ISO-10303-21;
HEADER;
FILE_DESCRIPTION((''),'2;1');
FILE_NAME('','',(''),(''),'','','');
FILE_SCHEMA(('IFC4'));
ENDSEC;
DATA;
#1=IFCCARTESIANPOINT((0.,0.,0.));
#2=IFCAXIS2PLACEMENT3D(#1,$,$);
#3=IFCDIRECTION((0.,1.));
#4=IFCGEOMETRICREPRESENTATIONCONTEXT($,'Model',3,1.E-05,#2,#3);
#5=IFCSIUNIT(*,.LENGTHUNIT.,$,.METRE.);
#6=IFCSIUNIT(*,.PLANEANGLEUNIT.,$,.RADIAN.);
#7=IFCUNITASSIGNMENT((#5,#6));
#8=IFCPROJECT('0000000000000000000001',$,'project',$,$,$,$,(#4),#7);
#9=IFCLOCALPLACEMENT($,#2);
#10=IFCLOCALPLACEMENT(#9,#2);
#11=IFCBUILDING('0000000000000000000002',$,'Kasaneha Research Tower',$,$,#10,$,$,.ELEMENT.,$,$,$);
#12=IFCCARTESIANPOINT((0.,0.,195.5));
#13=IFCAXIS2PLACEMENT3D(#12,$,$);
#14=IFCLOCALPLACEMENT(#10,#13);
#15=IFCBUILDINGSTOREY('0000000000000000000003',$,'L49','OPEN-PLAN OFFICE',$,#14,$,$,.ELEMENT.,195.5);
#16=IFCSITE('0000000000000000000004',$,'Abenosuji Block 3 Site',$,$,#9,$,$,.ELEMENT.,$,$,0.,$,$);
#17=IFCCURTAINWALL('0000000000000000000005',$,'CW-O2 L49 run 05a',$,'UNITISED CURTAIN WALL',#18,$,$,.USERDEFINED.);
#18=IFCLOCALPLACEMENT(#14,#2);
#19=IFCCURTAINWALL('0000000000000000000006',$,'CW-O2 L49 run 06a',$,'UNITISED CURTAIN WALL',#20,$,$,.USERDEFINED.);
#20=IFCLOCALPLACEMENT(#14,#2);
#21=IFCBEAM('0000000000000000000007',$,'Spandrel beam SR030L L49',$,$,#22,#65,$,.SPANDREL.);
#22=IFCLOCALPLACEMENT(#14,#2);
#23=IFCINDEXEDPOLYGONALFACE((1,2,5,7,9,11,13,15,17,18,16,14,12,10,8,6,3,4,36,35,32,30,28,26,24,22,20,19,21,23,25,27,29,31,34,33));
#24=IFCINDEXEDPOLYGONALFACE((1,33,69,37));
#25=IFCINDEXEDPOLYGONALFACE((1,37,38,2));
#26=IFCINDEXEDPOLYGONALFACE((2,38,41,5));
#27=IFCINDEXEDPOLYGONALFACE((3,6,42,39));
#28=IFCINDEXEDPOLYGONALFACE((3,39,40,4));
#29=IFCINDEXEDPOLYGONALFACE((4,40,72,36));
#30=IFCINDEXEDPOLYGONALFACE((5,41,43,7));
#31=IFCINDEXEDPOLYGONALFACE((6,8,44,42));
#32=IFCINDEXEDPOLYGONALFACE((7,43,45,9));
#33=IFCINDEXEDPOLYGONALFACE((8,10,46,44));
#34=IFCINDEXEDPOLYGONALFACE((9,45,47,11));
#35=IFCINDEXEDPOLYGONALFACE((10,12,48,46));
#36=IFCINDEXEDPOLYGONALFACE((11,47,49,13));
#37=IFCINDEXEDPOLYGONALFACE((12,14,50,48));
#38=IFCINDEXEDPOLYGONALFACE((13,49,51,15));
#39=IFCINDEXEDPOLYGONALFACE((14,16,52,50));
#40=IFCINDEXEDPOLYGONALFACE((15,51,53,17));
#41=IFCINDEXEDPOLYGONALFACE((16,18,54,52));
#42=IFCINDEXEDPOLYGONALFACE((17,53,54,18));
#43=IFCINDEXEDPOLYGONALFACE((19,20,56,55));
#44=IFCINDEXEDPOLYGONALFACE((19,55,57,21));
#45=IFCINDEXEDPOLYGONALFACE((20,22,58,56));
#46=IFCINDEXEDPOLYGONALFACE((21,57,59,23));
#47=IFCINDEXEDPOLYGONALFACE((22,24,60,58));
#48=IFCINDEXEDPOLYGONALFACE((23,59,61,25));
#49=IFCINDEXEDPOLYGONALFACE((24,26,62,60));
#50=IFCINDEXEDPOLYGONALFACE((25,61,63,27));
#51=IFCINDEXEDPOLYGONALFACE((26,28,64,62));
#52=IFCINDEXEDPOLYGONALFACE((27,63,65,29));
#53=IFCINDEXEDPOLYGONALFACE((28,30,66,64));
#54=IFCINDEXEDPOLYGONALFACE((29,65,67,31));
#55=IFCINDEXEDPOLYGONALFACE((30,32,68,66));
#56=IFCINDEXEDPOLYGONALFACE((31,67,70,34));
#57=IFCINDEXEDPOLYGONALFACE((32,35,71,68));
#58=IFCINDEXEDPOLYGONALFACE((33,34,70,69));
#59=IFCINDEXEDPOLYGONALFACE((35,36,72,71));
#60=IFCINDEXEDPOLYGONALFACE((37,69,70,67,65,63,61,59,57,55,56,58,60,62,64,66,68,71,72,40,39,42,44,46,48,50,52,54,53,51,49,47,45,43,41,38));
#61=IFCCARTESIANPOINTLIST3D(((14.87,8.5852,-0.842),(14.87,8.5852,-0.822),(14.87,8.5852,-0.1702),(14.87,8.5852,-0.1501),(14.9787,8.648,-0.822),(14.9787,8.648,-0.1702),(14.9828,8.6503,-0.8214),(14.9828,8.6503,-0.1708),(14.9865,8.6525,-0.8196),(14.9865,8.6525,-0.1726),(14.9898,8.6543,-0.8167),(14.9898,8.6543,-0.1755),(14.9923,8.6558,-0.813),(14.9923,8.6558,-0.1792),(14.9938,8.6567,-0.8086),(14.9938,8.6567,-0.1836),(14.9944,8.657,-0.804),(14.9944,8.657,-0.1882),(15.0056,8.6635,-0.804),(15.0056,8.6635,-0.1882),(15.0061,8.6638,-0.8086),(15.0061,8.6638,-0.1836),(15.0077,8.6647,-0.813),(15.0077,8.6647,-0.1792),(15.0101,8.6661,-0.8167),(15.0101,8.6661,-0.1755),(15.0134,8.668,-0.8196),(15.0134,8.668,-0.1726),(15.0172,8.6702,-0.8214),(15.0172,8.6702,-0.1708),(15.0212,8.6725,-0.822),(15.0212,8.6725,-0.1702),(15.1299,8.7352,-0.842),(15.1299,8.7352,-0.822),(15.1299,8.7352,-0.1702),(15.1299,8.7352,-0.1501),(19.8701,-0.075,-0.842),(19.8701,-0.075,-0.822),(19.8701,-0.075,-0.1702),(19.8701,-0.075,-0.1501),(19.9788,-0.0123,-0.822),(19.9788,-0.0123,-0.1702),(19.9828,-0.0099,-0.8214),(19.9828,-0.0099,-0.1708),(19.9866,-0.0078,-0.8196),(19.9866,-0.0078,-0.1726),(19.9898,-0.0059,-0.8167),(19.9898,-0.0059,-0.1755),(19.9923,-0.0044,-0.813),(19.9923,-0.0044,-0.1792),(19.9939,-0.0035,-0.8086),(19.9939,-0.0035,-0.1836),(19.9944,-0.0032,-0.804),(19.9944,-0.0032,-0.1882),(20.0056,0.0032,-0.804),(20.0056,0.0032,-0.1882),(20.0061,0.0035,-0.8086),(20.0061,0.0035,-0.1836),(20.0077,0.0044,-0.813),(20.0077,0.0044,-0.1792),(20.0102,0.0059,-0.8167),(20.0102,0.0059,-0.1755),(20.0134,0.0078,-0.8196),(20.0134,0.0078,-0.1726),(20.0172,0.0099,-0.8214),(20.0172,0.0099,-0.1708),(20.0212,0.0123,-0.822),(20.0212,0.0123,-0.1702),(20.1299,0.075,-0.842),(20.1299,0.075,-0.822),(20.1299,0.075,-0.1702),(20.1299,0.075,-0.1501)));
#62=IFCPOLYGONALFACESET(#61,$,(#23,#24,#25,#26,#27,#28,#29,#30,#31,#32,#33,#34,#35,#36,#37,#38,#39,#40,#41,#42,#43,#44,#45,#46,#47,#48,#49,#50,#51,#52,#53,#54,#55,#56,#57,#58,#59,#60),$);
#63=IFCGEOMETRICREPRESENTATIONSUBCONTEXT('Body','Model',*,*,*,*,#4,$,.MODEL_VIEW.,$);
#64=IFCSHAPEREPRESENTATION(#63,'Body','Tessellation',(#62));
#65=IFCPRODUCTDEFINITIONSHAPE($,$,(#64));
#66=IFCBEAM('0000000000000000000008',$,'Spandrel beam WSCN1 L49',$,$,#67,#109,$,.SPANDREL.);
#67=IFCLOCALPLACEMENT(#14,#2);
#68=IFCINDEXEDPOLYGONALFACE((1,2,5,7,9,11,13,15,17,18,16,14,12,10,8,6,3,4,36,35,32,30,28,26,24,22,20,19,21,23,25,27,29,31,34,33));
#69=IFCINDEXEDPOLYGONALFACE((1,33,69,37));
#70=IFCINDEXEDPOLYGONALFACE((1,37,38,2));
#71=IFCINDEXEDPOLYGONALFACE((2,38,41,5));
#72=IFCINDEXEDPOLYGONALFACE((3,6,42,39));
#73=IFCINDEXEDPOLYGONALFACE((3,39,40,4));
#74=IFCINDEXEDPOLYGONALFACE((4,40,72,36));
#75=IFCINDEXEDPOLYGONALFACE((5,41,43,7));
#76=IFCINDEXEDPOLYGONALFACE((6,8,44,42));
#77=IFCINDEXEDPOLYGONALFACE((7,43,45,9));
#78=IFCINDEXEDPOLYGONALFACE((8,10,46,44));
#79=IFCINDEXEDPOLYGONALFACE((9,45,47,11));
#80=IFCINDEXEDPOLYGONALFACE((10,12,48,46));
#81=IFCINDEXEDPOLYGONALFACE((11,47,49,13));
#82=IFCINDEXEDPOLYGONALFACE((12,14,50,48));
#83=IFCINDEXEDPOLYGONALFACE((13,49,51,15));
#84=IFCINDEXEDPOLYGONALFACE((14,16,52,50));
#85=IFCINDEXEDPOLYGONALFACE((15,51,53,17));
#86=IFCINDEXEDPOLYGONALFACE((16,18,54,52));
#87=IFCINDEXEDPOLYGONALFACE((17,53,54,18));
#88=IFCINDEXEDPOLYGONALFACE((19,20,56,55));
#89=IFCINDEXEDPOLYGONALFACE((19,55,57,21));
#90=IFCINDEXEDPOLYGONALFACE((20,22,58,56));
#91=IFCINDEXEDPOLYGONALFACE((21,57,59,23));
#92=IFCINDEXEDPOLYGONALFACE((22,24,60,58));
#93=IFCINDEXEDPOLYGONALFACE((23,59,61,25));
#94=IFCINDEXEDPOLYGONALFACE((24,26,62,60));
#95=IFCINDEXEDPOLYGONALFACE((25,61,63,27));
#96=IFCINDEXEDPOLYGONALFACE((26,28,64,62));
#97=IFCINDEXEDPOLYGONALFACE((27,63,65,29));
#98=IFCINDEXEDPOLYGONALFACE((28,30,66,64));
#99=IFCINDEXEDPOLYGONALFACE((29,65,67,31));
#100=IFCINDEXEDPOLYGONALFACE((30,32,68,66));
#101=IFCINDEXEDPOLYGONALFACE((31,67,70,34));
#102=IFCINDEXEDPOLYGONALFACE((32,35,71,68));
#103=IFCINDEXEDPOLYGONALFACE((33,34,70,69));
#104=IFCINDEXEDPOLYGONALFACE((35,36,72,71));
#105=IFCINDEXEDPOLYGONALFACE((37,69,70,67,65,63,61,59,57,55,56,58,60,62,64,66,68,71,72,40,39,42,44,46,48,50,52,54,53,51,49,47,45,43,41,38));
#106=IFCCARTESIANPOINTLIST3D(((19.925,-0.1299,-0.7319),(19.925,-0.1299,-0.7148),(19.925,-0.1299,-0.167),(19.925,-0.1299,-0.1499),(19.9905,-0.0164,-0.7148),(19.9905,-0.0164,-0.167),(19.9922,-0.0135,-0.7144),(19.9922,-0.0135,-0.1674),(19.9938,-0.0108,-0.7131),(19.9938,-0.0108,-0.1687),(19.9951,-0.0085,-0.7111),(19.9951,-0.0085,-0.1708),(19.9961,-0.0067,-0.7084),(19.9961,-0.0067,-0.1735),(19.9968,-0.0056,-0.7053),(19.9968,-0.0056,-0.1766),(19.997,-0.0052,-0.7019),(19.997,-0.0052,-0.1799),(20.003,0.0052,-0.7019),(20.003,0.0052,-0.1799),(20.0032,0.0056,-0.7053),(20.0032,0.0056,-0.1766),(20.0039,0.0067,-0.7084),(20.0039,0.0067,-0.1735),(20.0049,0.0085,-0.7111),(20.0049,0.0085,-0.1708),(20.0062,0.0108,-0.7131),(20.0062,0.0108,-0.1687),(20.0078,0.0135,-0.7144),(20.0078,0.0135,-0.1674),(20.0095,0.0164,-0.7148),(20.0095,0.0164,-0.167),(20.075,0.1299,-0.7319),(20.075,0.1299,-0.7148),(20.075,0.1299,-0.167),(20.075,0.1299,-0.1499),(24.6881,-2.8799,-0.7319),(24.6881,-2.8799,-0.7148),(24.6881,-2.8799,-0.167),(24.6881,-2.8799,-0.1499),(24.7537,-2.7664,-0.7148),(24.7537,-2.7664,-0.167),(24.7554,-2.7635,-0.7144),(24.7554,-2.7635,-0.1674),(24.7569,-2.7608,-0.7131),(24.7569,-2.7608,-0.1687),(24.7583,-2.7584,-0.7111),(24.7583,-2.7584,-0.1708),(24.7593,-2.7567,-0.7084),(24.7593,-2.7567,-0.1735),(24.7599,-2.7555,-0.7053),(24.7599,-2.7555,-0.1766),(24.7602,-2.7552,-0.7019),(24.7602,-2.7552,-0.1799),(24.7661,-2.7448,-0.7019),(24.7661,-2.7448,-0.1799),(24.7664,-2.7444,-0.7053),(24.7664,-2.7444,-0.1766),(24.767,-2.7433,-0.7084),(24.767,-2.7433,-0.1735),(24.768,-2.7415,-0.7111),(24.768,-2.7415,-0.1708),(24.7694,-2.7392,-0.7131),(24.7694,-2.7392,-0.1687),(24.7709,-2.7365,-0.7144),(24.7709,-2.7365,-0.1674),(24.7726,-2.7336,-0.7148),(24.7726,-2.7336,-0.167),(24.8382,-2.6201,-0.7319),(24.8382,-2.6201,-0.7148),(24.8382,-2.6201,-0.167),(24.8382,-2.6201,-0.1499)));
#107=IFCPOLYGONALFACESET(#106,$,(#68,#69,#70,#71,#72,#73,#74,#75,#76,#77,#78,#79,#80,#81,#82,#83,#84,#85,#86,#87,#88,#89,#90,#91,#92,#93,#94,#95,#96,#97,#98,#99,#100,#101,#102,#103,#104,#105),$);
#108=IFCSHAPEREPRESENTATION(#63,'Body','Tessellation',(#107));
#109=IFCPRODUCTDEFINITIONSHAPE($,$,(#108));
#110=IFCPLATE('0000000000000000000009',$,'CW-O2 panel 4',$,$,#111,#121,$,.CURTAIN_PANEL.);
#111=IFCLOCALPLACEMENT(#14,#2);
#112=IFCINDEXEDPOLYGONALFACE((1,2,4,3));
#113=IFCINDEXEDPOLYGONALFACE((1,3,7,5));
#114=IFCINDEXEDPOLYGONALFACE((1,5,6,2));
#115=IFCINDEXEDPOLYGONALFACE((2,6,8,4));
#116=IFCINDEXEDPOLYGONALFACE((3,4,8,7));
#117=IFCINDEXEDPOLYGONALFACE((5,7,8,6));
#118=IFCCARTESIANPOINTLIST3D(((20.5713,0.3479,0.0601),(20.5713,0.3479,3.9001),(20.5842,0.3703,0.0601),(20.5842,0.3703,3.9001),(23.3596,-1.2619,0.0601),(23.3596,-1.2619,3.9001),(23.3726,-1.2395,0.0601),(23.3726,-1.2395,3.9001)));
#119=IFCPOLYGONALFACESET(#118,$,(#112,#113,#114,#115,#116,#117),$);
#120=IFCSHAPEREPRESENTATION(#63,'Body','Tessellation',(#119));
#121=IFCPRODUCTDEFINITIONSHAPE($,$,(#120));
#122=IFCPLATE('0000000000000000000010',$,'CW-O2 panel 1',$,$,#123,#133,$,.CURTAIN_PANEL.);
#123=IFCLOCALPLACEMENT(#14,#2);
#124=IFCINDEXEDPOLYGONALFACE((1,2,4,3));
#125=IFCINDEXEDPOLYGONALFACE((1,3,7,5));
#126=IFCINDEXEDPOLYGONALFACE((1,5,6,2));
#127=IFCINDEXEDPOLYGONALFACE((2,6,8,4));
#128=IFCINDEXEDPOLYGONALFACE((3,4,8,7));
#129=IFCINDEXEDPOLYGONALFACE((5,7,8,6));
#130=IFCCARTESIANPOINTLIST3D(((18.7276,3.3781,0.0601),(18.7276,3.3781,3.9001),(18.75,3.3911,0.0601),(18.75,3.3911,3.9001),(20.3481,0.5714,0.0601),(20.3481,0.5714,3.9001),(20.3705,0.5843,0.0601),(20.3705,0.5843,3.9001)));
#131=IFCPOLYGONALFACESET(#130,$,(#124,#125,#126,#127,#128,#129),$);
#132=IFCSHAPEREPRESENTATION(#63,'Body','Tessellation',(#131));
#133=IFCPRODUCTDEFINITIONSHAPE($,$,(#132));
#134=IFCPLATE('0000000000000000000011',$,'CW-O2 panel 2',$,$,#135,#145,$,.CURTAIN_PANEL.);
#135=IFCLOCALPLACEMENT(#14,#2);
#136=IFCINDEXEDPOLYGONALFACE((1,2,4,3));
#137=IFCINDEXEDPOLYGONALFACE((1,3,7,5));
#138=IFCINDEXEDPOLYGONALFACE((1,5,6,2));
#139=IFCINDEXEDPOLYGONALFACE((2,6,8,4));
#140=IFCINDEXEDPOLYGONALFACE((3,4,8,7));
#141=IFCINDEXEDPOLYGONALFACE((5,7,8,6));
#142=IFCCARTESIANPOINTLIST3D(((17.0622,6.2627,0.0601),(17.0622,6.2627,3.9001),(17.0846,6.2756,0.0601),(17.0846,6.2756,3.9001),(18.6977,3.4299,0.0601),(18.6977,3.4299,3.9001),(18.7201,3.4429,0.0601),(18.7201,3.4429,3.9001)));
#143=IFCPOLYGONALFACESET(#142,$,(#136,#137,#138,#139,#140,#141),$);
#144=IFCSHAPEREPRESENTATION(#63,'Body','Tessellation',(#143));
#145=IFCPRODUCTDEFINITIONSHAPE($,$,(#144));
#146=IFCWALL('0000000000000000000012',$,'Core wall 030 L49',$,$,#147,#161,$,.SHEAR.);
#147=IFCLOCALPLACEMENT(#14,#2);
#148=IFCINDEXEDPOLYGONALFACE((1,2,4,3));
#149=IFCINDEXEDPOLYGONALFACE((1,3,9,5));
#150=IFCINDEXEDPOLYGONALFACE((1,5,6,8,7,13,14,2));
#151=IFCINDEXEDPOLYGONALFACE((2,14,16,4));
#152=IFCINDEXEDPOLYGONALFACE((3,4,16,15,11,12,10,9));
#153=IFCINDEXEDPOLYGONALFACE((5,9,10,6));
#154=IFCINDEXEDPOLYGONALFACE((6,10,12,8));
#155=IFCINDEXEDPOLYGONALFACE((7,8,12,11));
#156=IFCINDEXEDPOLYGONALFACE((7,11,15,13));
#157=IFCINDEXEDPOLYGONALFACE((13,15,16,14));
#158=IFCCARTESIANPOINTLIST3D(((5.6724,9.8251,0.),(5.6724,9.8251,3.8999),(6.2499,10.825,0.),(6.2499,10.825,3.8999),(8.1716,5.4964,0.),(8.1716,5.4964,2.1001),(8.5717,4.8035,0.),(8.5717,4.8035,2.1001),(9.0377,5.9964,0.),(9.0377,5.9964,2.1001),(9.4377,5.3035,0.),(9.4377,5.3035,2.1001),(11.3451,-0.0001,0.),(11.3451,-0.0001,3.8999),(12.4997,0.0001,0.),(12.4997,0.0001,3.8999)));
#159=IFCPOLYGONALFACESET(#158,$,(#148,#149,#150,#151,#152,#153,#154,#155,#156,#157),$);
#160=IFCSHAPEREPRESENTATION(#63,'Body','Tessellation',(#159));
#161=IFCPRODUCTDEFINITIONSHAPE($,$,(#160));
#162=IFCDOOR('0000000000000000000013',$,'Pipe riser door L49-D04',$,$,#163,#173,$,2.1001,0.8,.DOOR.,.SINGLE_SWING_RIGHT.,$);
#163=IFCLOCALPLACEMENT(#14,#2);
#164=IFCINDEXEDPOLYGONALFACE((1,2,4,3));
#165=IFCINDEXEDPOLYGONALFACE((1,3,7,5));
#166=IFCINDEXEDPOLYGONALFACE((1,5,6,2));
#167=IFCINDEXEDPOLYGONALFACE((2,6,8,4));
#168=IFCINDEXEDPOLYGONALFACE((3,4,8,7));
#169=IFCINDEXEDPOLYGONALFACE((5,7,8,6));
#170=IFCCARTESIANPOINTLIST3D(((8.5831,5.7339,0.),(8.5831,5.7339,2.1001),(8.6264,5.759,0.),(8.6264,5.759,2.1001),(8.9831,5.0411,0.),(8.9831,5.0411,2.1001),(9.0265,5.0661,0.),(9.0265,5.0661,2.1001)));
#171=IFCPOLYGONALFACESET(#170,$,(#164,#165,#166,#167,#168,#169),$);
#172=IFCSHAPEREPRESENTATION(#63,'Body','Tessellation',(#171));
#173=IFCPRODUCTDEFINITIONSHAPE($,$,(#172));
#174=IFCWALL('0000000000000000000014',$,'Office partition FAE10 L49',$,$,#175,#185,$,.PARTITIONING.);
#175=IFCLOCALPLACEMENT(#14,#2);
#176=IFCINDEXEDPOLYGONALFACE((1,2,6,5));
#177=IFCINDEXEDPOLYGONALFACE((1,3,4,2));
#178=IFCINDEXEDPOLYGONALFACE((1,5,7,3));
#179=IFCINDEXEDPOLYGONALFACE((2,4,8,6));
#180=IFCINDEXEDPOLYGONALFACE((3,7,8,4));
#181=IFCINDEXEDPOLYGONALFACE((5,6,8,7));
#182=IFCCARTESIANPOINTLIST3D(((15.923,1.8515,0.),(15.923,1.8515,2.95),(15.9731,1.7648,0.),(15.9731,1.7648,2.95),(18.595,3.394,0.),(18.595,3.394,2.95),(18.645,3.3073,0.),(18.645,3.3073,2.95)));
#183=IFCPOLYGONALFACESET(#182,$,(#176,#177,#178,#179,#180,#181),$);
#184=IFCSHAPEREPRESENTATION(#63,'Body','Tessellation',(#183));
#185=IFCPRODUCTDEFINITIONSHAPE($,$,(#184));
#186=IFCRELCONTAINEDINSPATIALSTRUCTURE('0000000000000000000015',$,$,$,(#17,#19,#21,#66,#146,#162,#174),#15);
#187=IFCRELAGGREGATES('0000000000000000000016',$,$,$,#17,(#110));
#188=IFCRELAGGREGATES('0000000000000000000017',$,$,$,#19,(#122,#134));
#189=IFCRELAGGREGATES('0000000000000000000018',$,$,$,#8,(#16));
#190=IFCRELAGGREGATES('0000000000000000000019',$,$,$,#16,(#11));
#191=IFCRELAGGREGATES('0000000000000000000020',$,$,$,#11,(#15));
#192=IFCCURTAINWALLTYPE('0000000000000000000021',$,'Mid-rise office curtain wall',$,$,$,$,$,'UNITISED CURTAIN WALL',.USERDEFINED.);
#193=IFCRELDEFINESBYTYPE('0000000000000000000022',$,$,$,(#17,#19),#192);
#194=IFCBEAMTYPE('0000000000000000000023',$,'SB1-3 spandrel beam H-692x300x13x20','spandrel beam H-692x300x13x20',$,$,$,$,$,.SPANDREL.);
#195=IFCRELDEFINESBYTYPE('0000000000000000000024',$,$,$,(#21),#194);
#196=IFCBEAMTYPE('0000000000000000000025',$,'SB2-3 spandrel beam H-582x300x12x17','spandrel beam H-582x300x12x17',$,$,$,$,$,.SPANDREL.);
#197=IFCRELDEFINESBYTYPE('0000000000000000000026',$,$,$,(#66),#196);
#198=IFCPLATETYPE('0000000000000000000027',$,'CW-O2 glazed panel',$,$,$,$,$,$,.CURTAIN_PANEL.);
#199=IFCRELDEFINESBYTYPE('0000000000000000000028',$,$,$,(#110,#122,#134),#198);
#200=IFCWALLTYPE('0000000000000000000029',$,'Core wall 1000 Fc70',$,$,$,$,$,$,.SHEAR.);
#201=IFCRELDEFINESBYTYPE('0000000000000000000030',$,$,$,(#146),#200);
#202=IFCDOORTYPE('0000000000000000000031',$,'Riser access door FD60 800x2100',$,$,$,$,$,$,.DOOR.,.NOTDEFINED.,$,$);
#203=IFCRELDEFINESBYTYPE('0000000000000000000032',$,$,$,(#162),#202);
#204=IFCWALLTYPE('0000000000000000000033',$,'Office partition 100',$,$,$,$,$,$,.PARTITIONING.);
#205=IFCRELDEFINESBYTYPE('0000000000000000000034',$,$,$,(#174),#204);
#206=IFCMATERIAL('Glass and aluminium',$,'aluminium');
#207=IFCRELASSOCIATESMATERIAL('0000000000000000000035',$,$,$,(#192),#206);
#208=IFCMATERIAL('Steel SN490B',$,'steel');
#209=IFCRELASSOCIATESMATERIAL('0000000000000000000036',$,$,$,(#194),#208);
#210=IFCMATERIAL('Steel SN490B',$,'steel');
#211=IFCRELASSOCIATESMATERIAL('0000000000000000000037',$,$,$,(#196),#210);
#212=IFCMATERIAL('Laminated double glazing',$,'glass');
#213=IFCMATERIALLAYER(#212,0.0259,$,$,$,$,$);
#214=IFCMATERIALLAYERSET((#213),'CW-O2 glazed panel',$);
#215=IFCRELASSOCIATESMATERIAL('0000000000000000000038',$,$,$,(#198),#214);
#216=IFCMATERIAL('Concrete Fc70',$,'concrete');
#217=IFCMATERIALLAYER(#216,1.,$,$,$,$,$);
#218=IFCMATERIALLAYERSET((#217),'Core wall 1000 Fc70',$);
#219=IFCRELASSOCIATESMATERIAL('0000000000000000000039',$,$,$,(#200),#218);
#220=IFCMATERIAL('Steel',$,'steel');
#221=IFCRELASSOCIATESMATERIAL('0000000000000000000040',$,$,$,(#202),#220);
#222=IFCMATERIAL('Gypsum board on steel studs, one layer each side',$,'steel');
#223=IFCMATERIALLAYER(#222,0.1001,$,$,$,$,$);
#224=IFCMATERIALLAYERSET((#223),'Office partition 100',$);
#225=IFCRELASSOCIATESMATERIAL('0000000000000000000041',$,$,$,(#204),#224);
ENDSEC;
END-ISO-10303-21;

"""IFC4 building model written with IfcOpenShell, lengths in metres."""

from ifc_helpers import new_model, si_unit, direction, frame, frame_2d, origin, origin_2d, place, context, subcontext, project, spatial, polyline, rectangle, i_section, outline, extrude, material, layer, layer_set, material_profile, profile_set, type_object, element, fill, aggregate, save


model = new_model("IFC4")

# Units and contexts
model_context = context("Model", 3, precision=1e-05, world=origin(), true_north=direction((0.0, 1.0)))
body_context = subcontext(model_context, "Body", "Model", "MODEL_VIEW")
ifc_project = project(units=[si_unit("LENGTHUNIT", "METRE"), si_unit("PLANEANGLEUNIT", "RADIAN")], contexts=[model_context])

# Site, building, storey
site_placement = place(None, origin())
site = spatial("IfcSite", under=ifc_project, at=site_placement, Name="Abenosuji Block 3 Site", CompositionType="ELEMENT", RefElevation=0.0)
building_placement = place(site_placement, origin())
building = spatial("IfcBuilding", under=site, at=building_placement, Name="Kasaneha Research Tower", CompositionType="ELEMENT")
storey_placement = place(building_placement, frame((0.0, 0.0, 195.5)))
storey = spatial("IfcBuildingStorey", under=building, at=storey_placement, Name="L49", Description="OPEN-PLAN OFFICE", CompositionType="ELEMENT", Elevation=195.5)

# Curtain walls
ifc_material_1 = material(Name="Glass and aluminium", Category="aluminium")
curtain_wall_type = type_object("IfcCurtainWallType", Name="Mid-rise office curtain wall", ElementType="UNITISED CURTAIN WALL", PredefinedType="USERDEFINED", material=ifc_material_1)
curtain_wall_1_placement = place(storey_placement, origin())
curtain_wall_1 = element("IfcCurtainWall", 1, at=curtain_wall_1_placement, inside=storey, type_object=curtain_wall_type, Name="CW-O2 L49 run 05a", ObjectType="UNITISED CURTAIN WALL", PredefinedType="USERDEFINED")
curtain_wall_2_placement = place(storey_placement, origin())
curtain_wall_2 = element("IfcCurtainWall", 2, at=curtain_wall_2_placement, inside=storey, type_object=curtain_wall_type, Name="CW-O2 L49 run 06a", ObjectType="UNITISED CURTAIN WALL", PredefinedType="USERDEFINED")

# Beams
ifc_material_2 = material(Name="Steel SN490B", Category="steel")
ifc_material_profile_1 = material_profile(ifc_material_2, i_section(OverallWidth=0.3, OverallDepth=0.6919, WebThickness=0.0129, FlangeThickness=0.02, FilletRadius=0.0181, at=origin_2d()), Name="H-692x300x13x20")
ifc_profile_set_1 = profile_set([ifc_material_profile_1], Name="Steel SN490B")
beam_type_1 = type_object("IfcBeamType", Name="SB1-3 spandrel beam H-692x300x13x20", Description="spandrel beam H-692x300x13x20", PredefinedType="SPANDREL", material=ifc_profile_set_1)
beam_1_placement = place(storey_placement, frame((20.0, 0.0, -0.4961), z_axis=(-0.500004, 0.866023, 0.0), x_axis=(-0.866023, -0.500004, 0.0)))
element("IfcBeam", 3, at=beam_1_placement, inside=storey, type_object=beam_type_1, Name="Spandrel beam SR030L L49", PredefinedType="SPANDREL", context=body_context, shape_type="SweptSolid", body=[
    extrude(i_section(OverallWidth=0.3, OverallDepth=0.6919, WebThickness=0.0129, FlangeThickness=0.02, FilletRadius=0.0181, at=origin_2d()), origin(), (0.0, 0.0, 1.0), 10.0),
])
ifc_material_3 = material(Name="Steel SN490B", Category="steel")
ifc_material_profile_2 = material_profile(ifc_material_3, i_section(OverallWidth=0.3, OverallDepth=0.582, WebThickness=0.012, FlangeThickness=0.0171, FilletRadius=0.0129, at=origin_2d()), Name="H-582x300x12x17")
ifc_profile_set_2 = profile_set([ifc_material_profile_2], Name="Steel SN490B")
beam_type_2 = type_object("IfcBeamType", Name="SB2-3 spandrel beam H-582x300x12x17", Description="spandrel beam H-582x300x12x17", PredefinedType="SPANDREL", material=ifc_profile_set_2)
beam_2_placement = place(storey_placement, frame((20.0, 0.0, -0.4409), z_axis=(0.866027, -0.499997, 0.0), x_axis=(0.499997, 0.866027, 0.0)))
element("IfcBeam", 4, at=beam_2_placement, inside=storey, type_object=beam_type_2, Name="Spandrel beam WSCN1 L49", PredefinedType="SPANDREL", context=body_context, shape_type="SweptSolid", body=[
    extrude(i_section(OverallWidth=0.3, OverallDepth=0.582, WebThickness=0.012, FlangeThickness=0.0171, FilletRadius=0.0129, at=origin_2d()), origin(), (0.0, 0.0, 1.0), 5.5),
])

# Plates
ifc_material_4 = material(Name="Laminated double glazing", Category="glass")
ifc_layer_1 = layer(ifc_material_4, 0.0259)
ifc_layer_set_1 = layer_set([ifc_layer_1], Name="CW-O2 glazed panel")
plate_type = type_object("IfcPlateType", Name="CW-O2 glazed panel", PredefinedType="CURTAIN_PANEL", material=ifc_layer_set_1)
plate_1_placement = place(storey_placement, frame((21.9719, -0.4458, 0.0601), z_axis=(0.0, 0.0, 1.0), x_axis=(-0.866025, 0.5, 0.0)))
plate_1 = element("IfcPlate", 5, at=plate_1_placement, type_object=plate_type, Name="CW-O2 panel 4", PredefinedType="CURTAIN_PANEL", context=body_context, shape_type="SweptSolid", body=[
    extrude(rectangle(XDim=3.2197, YDim=0.0259, at=origin_2d()), origin(), (0.0, 0.0, 1.0), 3.8401),
])
aggregate(curtain_wall_1, [plate_1])
plate_2_placement = place(storey_placement, frame((19.5491, 1.9812, 0.0601), z_axis=(0.0, 0.0, 1.0), x_axis=(-0.5, 0.866025, 0.0)))
plate_2 = element("IfcPlate", 6, at=plate_2_placement, type_object=plate_type, Name="CW-O2 panel 1", PredefinedType="CURTAIN_PANEL", context=body_context, shape_type="SweptSolid", body=[
    extrude(rectangle(XDim=3.241, YDim=0.0259, at=origin_2d()), origin(), (0.0, 0.0, 1.0), 3.8401),
])
plate_3_placement = place(storey_placement, frame((17.8911, 4.8528, 0.0601), z_axis=(0.0, 0.0, 1.0), x_axis=(-0.5, 0.866025, 0.0)))
plate_3 = element("IfcPlate", 7, at=plate_3_placement, type_object=plate_type, Name="CW-O2 panel 2", PredefinedType="CURTAIN_PANEL", context=body_context, shape_type="SweptSolid", body=[
    extrude(rectangle(XDim=3.271, YDim=0.0259, at=origin_2d()), origin(), (0.0, 0.0, 1.0), 3.8401),
])
aggregate(curtain_wall_2, [plate_2, plate_3])

# Wall, opening, door
ifc_material_5 = material(Name="Concrete Fc70", Category="concrete")
ifc_layer_2 = layer(ifc_material_5, 1.0)
ifc_layer_set_2 = layer_set([ifc_layer_2], Name="Core wall 1000 Fc70")
wall_type_1 = type_object("IfcWallType", Name="Core wall 1000 Fc70", PredefinedType="SHEAR", material=ifc_layer_set_2)
wall_1_placement = place(storey_placement, frame((11.9224, 0.0, 0.0), z_axis=(0.0, 0.0, 1.0), x_axis=(-0.500004, 0.866023, 0.0)))
wall_1 = element("IfcWall", 8, at=wall_1_placement, inside=storey, type_object=wall_type_1, Name="Core wall 030 L49", PredefinedType="SHEAR", context=body_context, shape_type="SweptSolid", body=[
    extrude(outline(polyline([(-0.2886, -0.5), (5.8354, -0.5), (6.6355, -0.5), (12.2109, -0.5), (11.6338, 0.5), (6.6355, 0.5), (5.8354, 0.5), (0.2886, 0.5), (-0.2886, -0.5)])), origin(), (0.0, 0.0, 1.0), 3.8999),
])
opening_1_placement = place(wall_1_placement, frame((5.8354, 0.0, 0.0)))
opening_1 = element("IfcOpeningElement", 9, at=opening_1_placement, cuts=wall_1, PredefinedType="OPENING", context=body_context, shape_type="SweptSolid", body=[
    extrude(rectangle(XDim=0.8, YDim=2.1001, at=frame_2d((0.3999, 1.05))), frame((0.0, 0.51, 0.0), z_axis=(0.0, -1.0, 0.0), x_axis=(1.0, 0.0, 0.0)), (0.0, 0.0, 1.0), 1.02),
])
ifc_material_6 = material(Name="Steel", Category="steel")
door_type_1 = type_object("IfcDoorType", Name="Riser access door FD60 800x2100", OperationType="NOTDEFINED", PredefinedType="DOOR", material=ifc_material_6)
door_1_placement = place(opening_1_placement, origin())
door_1 = element("IfcDoor", 10, at=door_1_placement, inside=storey, type_object=door_type_1, Name="Pipe riser door L49-D04", OperationType="SINGLE_SWING_RIGHT", OverallHeight=2.1001, OverallWidth=0.8, PredefinedType="DOOR", context=body_context, shape_type="SweptSolid", body=[
    extrude(rectangle(XDim=0.8, YDim=2.1001, at=frame_2d((0.3999, 1.05))), frame((0.0, 0.0249, 0.0), z_axis=(0.0, -1.0, 0.0), x_axis=(1.0, 0.0, 0.0)), (0.0, 0.0, 1.0), 0.05),
])
fill(opening_1, door_1)

# Wall
ifc_material_7 = material(Name="Gypsum board on steel studs, one layer each side", Category="steel")
ifc_layer_3 = layer(ifc_material_7, 0.1001)
ifc_layer_set_3 = layer_set([ifc_layer_3], Name="Office partition 100")
wall_type_2 = type_object("IfcWallType", Name="Office partition 100", PredefinedType="PARTITIONING", material=ifc_layer_set_3)
wall_2_placement = place(storey_placement, frame((18.6199, 3.3506, 0.0), z_axis=(0.0, 0.0, 1.0), x_axis=(-0.866043, -0.499969, 0.0)))
element("IfcWall", 11, at=wall_2_placement, inside=storey, type_object=wall_type_2, Name="Office partition FAE10 L49", PredefinedType="PARTITIONING", context=body_context, shape_type="SweptSolid", body=[
    extrude(rectangle(XDim=3.0852, YDim=0.1001, at=frame_2d((1.5425, 0.0))), origin(), (0.0, 0.0, 1.0), 2.95),
])

save(model, "model.ifc")
